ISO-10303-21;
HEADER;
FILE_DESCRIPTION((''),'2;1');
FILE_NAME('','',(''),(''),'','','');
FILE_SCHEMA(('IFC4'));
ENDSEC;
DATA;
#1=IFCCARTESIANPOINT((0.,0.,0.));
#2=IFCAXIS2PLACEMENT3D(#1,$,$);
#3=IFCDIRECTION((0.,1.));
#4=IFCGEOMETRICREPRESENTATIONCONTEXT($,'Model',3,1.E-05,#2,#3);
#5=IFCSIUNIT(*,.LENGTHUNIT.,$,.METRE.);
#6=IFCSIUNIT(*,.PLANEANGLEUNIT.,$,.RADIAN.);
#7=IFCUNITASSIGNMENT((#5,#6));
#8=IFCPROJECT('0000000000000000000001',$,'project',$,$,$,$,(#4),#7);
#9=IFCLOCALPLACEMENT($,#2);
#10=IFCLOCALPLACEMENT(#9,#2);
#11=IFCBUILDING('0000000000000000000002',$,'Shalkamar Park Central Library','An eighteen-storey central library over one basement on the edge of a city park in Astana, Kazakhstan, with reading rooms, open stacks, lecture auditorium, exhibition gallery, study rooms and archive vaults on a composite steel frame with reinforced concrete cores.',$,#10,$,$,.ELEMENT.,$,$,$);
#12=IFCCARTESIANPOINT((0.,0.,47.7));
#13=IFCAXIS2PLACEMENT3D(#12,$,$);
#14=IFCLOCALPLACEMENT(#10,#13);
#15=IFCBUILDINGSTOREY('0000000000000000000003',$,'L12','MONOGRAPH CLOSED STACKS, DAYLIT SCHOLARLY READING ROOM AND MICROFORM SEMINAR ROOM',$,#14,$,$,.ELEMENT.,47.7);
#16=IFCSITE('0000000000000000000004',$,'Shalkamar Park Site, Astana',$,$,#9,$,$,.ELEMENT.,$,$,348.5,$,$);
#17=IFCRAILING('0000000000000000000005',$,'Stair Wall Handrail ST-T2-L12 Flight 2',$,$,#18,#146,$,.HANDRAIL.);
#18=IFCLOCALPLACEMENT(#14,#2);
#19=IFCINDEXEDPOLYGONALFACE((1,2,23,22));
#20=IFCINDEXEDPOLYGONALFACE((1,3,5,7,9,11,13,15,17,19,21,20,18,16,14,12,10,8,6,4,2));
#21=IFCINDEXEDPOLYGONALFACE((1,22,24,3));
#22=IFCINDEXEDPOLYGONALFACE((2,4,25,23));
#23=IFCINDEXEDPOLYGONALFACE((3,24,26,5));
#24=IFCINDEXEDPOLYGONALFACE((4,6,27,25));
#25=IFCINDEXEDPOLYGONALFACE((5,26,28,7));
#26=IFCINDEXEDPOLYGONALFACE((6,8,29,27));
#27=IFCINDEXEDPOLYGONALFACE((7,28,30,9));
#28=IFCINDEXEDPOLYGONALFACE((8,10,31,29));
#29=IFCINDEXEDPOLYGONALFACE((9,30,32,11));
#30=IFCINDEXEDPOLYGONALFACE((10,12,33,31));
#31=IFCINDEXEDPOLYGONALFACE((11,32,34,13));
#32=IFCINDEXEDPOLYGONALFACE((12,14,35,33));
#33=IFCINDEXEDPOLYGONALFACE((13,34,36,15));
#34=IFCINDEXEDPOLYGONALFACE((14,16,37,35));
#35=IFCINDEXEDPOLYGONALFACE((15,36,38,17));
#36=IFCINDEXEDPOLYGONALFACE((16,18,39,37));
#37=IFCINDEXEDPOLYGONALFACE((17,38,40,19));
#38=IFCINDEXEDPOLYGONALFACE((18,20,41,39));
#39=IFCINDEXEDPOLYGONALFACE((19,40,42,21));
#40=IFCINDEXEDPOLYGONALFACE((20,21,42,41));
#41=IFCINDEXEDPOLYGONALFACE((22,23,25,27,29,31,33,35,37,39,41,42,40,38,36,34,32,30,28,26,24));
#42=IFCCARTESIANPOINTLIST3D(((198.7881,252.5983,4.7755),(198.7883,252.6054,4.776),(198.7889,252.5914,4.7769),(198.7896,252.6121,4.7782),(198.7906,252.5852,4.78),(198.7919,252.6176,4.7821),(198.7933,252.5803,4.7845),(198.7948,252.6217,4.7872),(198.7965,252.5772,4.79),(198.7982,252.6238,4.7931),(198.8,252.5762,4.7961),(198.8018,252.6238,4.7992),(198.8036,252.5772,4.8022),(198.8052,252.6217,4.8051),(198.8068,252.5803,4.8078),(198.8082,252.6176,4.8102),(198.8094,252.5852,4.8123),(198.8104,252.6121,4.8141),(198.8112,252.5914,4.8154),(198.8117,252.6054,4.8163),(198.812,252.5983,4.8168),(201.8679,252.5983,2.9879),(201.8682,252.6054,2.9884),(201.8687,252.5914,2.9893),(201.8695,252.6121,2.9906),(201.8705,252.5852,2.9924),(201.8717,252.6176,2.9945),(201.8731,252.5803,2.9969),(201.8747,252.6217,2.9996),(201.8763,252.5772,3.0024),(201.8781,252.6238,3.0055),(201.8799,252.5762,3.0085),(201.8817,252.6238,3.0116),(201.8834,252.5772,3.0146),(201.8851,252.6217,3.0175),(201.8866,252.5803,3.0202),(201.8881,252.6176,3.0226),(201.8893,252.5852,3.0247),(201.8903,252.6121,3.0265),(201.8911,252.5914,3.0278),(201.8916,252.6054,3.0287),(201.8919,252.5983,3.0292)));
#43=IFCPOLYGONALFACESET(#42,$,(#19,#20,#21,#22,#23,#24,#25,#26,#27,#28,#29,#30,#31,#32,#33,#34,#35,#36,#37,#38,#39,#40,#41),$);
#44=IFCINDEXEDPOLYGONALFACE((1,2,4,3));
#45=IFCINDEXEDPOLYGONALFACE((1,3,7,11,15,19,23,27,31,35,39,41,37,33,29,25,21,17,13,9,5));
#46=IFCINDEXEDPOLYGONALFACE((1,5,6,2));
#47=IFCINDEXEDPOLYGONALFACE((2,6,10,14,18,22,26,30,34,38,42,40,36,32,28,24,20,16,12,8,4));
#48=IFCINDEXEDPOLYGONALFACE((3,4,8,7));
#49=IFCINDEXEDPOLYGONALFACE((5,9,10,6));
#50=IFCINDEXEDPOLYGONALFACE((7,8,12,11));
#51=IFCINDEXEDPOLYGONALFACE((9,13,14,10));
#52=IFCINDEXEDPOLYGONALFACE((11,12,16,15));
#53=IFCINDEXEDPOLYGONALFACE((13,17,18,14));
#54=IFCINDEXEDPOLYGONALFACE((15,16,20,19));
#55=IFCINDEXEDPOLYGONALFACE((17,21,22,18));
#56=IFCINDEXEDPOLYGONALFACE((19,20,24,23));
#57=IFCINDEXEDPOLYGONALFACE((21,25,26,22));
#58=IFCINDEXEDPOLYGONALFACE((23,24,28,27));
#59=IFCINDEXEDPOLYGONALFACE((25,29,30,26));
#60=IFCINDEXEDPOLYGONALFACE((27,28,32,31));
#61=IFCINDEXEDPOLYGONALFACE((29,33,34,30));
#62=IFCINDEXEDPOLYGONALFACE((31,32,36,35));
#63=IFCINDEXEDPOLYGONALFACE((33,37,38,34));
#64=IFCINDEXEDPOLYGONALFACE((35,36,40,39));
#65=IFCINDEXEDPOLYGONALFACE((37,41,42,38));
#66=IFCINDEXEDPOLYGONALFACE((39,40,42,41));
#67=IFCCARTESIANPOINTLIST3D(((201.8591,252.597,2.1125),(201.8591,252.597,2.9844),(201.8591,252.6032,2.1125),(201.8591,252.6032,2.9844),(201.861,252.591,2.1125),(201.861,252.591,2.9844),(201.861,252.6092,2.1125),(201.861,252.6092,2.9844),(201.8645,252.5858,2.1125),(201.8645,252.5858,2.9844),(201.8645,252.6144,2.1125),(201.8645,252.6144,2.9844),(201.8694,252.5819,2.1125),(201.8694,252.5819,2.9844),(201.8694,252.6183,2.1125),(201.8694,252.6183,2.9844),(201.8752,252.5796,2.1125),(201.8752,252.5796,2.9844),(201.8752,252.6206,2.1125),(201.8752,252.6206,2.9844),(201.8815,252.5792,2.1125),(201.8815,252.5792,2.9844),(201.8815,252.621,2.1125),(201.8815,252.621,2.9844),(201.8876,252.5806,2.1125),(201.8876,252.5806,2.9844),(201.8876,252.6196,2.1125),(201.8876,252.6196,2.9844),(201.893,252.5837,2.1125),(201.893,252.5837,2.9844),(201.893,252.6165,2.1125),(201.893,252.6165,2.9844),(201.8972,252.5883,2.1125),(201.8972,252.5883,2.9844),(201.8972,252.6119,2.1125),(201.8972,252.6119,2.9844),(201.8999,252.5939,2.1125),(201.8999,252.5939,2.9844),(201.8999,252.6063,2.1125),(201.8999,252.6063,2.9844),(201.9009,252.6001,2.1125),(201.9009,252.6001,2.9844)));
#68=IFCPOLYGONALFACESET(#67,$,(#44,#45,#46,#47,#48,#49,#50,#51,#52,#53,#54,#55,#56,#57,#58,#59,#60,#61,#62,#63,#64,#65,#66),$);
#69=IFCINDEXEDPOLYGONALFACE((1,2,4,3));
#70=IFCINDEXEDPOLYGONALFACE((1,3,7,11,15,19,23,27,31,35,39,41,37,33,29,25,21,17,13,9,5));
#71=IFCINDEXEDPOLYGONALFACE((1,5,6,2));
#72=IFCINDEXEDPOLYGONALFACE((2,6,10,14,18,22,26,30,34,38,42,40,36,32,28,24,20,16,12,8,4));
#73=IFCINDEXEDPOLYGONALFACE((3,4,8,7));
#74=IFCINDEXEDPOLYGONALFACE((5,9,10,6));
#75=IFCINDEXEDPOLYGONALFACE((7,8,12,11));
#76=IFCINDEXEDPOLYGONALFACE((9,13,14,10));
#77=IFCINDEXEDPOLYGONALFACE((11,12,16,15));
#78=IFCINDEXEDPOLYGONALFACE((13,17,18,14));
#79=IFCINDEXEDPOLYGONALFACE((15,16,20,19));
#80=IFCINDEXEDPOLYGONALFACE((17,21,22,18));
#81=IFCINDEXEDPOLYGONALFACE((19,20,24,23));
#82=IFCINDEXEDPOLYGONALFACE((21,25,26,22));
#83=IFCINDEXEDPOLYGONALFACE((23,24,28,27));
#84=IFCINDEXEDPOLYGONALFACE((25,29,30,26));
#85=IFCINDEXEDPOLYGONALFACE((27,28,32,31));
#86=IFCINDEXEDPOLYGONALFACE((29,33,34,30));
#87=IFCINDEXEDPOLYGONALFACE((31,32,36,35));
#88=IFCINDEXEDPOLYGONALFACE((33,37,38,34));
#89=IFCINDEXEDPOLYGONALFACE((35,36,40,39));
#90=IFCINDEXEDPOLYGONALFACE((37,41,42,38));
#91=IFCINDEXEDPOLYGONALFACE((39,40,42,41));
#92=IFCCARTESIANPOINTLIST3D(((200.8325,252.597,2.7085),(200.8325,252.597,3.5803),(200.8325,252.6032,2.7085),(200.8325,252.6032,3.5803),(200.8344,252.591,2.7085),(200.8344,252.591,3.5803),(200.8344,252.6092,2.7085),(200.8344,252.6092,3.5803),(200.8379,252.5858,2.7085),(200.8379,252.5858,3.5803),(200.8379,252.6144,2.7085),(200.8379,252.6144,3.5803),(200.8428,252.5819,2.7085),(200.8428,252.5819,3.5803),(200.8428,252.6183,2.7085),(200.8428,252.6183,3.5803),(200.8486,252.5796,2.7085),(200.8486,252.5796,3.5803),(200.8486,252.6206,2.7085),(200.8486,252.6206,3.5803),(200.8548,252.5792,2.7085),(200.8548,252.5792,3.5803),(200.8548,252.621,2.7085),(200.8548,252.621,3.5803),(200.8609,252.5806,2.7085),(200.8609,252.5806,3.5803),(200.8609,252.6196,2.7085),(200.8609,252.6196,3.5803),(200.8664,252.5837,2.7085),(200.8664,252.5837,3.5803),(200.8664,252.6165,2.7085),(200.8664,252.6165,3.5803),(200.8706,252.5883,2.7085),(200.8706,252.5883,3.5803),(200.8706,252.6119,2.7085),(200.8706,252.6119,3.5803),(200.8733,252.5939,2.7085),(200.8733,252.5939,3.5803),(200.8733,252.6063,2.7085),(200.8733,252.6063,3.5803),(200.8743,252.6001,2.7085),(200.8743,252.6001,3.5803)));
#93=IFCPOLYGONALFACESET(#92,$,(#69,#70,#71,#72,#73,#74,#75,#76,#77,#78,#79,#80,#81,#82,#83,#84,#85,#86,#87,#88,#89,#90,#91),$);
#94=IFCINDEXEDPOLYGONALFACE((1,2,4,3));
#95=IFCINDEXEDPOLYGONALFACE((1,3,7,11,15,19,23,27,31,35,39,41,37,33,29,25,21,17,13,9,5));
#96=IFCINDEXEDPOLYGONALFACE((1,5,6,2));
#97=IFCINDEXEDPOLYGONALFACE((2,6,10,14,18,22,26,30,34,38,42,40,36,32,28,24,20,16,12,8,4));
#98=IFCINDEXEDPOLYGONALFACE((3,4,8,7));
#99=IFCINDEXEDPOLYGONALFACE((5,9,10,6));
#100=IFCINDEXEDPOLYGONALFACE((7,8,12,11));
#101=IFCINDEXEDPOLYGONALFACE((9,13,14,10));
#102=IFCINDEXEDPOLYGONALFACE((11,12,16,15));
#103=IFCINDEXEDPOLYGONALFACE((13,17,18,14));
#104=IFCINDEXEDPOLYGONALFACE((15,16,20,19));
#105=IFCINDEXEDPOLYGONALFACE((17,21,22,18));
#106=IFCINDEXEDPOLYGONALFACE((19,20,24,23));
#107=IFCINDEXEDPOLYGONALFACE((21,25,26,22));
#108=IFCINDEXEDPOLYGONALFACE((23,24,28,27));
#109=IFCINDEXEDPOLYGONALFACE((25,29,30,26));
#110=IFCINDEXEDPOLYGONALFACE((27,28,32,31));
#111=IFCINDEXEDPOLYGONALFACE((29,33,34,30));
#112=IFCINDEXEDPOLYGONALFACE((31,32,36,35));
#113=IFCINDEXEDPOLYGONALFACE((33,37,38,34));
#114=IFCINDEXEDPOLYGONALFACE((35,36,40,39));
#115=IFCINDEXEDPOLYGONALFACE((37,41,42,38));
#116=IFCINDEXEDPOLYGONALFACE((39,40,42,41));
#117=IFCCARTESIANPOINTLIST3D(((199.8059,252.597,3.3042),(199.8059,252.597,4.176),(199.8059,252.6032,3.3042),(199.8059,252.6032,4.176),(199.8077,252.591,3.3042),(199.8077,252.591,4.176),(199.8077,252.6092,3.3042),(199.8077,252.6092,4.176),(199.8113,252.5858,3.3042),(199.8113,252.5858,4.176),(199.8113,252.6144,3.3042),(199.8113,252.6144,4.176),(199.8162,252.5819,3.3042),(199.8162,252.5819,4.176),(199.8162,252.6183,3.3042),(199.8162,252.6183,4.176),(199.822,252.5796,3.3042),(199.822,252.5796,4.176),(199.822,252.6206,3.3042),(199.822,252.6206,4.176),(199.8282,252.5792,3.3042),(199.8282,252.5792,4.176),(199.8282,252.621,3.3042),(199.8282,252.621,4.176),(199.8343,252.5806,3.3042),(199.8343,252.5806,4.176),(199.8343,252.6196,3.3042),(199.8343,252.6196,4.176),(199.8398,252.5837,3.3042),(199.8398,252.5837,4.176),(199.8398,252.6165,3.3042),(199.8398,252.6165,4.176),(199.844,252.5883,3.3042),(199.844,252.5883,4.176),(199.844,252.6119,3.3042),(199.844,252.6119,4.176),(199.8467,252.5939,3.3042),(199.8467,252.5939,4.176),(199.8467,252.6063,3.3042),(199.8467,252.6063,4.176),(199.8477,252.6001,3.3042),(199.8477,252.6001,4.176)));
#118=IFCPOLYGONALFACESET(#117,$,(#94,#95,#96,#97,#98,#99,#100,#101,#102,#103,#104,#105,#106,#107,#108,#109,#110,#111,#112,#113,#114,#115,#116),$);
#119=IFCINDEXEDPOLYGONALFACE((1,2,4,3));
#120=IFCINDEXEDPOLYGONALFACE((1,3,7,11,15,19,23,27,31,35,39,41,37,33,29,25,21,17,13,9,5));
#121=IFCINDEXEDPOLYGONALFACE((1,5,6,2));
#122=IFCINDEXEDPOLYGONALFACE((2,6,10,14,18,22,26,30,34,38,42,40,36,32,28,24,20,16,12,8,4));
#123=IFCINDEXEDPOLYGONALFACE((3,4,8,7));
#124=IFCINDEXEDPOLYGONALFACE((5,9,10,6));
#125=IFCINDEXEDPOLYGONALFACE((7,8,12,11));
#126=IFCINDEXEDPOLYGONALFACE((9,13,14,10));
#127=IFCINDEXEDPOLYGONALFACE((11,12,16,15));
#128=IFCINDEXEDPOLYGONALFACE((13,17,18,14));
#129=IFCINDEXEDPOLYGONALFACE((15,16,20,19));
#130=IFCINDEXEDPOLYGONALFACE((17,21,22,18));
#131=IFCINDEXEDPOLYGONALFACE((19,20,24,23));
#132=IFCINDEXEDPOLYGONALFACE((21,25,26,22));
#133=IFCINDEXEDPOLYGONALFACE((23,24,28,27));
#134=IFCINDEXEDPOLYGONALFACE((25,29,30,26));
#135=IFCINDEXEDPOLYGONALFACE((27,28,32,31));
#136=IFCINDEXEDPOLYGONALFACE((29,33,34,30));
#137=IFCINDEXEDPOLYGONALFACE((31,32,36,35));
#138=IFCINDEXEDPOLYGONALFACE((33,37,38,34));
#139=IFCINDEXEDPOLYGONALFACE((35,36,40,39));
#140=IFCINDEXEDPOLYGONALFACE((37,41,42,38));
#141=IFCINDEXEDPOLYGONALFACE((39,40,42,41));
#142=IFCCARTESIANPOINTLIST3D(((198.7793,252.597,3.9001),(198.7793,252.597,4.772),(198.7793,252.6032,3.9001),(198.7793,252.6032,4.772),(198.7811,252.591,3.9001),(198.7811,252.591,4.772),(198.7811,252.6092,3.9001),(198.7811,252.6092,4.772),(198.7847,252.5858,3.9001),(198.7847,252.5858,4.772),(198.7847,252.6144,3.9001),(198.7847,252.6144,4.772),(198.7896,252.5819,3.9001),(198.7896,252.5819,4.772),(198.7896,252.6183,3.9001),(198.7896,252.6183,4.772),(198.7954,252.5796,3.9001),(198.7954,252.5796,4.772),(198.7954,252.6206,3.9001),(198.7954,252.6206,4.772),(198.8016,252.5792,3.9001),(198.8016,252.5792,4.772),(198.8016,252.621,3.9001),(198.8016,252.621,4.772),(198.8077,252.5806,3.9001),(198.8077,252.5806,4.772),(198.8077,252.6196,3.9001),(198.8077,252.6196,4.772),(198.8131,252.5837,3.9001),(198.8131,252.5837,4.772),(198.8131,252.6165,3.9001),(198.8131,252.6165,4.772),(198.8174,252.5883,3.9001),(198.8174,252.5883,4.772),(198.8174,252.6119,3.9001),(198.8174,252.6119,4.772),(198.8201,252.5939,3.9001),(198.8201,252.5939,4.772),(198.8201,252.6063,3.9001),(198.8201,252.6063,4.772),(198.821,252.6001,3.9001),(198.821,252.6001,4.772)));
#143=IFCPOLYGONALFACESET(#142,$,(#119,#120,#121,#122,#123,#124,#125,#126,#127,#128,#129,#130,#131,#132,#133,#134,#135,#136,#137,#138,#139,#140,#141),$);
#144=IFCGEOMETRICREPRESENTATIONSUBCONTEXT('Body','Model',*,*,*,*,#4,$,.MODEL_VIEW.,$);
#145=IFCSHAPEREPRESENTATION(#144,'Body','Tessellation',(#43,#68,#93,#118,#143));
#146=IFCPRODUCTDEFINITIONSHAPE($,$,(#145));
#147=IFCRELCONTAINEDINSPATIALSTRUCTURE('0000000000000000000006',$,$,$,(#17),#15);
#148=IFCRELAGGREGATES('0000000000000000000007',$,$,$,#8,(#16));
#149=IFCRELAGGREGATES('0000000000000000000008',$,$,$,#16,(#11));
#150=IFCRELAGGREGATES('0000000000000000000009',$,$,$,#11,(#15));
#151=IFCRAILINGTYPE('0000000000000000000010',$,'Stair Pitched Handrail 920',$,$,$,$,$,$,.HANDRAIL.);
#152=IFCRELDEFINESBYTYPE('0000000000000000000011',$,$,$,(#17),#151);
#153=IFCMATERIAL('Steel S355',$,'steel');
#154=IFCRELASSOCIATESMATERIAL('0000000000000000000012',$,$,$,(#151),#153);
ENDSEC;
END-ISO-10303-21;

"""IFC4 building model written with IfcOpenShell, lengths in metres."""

from ifc_helpers import new_model, si_unit, direction, frame, origin, origin_2d, place, context, subcontext, project, spatial, circle, extrude, material, type_object, element, save


model = new_model("IFC4")

# Units and contexts
model_context = context("Model", 3, precision=1e-05, world=origin(), true_north=direction((0.0, 1.0)))
body_context = subcontext(model_context, "Body", "Model", "MODEL_VIEW")
ifc_project = project(units=[si_unit("LENGTHUNIT", "METRE"), si_unit("PLANEANGLEUNIT", "RADIAN")], contexts=[model_context])

# Site, building, storey
site_placement = place(None, origin())
site = spatial("IfcSite", under=ifc_project, at=site_placement, Name="Shalkamar Park Site, Astana", CompositionType="ELEMENT", RefElevation=348.5)
building_placement = place(site_placement, origin())
building = spatial("IfcBuilding", under=site, at=building_placement, Name="Shalkamar Park Central Library", Description="An eighteen-storey central library over one basement on the edge of a city park in Astana, Kazakhstan, with reading rooms, open stacks, lecture auditorium, exhibition gallery, study rooms and archive vaults on a composite steel frame with reinforced concrete cores.", CompositionType="ELEMENT")
storey_placement = place(building_placement, frame((0.0, 0.0, 47.7)))
storey = spatial("IfcBuildingStorey", under=building, at=storey_placement, Name="L12", Description="MONOGRAPH CLOSED STACKS, DAYLIT SCHOLARLY READING ROOM AND MICROFORM SEMINAR ROOM", CompositionType="ELEMENT", Elevation=47.7)

# Shared definitions
ifc_material_1 = material(Name="Steel S355", Category="steel")

# Railing
railing_type_1 = type_object("IfcRailingType", Name="Stair Pitched Handrail 920", PredefinedType="HANDRAIL", material=ifc_material_1)
railing_1_placement = place(storey_placement, frame((201.8799, 252.6001, 2.1125)))
element("IfcRailing", 1, at=railing_1_placement, inside=storey, type_object=railing_type_1, Name="Stair Wall Handrail ST-T2-L12 Flight 2", PredefinedType="HANDRAIL", context=body_context, shape_type="SweptSolid", body=[
    extrude(circle(Radius=0.0239, at=origin_2d()), frame((0.0, 0.0, 0.896), z_axis=(-0.864873, 0.0, 0.50199), x_axis=(0.0, -1.0, 0.0)), (0.0, 0.0, 1.0), 3.561),
    extrude(circle(Radius=0.021, at=origin_2d()), origin(), (0.0, 0.0, 1.0), 0.8718),
    extrude(circle(Radius=0.021, at=origin_2d()), frame((-1.0266, 0.0, 0.5959)), (0.0, 0.0, 1.0), 0.8718),
    extrude(circle(Radius=0.021, at=origin_2d()), frame((-2.0532, 0.0, 1.1917)), (0.0, 0.0, 1.0), 0.8718),
    extrude(circle(Radius=0.021, at=origin_2d()), frame((-3.0798, 0.0, 1.7876)), (0.0, 0.0, 1.0), 0.8718),
])

save(model, "model.ifc")
